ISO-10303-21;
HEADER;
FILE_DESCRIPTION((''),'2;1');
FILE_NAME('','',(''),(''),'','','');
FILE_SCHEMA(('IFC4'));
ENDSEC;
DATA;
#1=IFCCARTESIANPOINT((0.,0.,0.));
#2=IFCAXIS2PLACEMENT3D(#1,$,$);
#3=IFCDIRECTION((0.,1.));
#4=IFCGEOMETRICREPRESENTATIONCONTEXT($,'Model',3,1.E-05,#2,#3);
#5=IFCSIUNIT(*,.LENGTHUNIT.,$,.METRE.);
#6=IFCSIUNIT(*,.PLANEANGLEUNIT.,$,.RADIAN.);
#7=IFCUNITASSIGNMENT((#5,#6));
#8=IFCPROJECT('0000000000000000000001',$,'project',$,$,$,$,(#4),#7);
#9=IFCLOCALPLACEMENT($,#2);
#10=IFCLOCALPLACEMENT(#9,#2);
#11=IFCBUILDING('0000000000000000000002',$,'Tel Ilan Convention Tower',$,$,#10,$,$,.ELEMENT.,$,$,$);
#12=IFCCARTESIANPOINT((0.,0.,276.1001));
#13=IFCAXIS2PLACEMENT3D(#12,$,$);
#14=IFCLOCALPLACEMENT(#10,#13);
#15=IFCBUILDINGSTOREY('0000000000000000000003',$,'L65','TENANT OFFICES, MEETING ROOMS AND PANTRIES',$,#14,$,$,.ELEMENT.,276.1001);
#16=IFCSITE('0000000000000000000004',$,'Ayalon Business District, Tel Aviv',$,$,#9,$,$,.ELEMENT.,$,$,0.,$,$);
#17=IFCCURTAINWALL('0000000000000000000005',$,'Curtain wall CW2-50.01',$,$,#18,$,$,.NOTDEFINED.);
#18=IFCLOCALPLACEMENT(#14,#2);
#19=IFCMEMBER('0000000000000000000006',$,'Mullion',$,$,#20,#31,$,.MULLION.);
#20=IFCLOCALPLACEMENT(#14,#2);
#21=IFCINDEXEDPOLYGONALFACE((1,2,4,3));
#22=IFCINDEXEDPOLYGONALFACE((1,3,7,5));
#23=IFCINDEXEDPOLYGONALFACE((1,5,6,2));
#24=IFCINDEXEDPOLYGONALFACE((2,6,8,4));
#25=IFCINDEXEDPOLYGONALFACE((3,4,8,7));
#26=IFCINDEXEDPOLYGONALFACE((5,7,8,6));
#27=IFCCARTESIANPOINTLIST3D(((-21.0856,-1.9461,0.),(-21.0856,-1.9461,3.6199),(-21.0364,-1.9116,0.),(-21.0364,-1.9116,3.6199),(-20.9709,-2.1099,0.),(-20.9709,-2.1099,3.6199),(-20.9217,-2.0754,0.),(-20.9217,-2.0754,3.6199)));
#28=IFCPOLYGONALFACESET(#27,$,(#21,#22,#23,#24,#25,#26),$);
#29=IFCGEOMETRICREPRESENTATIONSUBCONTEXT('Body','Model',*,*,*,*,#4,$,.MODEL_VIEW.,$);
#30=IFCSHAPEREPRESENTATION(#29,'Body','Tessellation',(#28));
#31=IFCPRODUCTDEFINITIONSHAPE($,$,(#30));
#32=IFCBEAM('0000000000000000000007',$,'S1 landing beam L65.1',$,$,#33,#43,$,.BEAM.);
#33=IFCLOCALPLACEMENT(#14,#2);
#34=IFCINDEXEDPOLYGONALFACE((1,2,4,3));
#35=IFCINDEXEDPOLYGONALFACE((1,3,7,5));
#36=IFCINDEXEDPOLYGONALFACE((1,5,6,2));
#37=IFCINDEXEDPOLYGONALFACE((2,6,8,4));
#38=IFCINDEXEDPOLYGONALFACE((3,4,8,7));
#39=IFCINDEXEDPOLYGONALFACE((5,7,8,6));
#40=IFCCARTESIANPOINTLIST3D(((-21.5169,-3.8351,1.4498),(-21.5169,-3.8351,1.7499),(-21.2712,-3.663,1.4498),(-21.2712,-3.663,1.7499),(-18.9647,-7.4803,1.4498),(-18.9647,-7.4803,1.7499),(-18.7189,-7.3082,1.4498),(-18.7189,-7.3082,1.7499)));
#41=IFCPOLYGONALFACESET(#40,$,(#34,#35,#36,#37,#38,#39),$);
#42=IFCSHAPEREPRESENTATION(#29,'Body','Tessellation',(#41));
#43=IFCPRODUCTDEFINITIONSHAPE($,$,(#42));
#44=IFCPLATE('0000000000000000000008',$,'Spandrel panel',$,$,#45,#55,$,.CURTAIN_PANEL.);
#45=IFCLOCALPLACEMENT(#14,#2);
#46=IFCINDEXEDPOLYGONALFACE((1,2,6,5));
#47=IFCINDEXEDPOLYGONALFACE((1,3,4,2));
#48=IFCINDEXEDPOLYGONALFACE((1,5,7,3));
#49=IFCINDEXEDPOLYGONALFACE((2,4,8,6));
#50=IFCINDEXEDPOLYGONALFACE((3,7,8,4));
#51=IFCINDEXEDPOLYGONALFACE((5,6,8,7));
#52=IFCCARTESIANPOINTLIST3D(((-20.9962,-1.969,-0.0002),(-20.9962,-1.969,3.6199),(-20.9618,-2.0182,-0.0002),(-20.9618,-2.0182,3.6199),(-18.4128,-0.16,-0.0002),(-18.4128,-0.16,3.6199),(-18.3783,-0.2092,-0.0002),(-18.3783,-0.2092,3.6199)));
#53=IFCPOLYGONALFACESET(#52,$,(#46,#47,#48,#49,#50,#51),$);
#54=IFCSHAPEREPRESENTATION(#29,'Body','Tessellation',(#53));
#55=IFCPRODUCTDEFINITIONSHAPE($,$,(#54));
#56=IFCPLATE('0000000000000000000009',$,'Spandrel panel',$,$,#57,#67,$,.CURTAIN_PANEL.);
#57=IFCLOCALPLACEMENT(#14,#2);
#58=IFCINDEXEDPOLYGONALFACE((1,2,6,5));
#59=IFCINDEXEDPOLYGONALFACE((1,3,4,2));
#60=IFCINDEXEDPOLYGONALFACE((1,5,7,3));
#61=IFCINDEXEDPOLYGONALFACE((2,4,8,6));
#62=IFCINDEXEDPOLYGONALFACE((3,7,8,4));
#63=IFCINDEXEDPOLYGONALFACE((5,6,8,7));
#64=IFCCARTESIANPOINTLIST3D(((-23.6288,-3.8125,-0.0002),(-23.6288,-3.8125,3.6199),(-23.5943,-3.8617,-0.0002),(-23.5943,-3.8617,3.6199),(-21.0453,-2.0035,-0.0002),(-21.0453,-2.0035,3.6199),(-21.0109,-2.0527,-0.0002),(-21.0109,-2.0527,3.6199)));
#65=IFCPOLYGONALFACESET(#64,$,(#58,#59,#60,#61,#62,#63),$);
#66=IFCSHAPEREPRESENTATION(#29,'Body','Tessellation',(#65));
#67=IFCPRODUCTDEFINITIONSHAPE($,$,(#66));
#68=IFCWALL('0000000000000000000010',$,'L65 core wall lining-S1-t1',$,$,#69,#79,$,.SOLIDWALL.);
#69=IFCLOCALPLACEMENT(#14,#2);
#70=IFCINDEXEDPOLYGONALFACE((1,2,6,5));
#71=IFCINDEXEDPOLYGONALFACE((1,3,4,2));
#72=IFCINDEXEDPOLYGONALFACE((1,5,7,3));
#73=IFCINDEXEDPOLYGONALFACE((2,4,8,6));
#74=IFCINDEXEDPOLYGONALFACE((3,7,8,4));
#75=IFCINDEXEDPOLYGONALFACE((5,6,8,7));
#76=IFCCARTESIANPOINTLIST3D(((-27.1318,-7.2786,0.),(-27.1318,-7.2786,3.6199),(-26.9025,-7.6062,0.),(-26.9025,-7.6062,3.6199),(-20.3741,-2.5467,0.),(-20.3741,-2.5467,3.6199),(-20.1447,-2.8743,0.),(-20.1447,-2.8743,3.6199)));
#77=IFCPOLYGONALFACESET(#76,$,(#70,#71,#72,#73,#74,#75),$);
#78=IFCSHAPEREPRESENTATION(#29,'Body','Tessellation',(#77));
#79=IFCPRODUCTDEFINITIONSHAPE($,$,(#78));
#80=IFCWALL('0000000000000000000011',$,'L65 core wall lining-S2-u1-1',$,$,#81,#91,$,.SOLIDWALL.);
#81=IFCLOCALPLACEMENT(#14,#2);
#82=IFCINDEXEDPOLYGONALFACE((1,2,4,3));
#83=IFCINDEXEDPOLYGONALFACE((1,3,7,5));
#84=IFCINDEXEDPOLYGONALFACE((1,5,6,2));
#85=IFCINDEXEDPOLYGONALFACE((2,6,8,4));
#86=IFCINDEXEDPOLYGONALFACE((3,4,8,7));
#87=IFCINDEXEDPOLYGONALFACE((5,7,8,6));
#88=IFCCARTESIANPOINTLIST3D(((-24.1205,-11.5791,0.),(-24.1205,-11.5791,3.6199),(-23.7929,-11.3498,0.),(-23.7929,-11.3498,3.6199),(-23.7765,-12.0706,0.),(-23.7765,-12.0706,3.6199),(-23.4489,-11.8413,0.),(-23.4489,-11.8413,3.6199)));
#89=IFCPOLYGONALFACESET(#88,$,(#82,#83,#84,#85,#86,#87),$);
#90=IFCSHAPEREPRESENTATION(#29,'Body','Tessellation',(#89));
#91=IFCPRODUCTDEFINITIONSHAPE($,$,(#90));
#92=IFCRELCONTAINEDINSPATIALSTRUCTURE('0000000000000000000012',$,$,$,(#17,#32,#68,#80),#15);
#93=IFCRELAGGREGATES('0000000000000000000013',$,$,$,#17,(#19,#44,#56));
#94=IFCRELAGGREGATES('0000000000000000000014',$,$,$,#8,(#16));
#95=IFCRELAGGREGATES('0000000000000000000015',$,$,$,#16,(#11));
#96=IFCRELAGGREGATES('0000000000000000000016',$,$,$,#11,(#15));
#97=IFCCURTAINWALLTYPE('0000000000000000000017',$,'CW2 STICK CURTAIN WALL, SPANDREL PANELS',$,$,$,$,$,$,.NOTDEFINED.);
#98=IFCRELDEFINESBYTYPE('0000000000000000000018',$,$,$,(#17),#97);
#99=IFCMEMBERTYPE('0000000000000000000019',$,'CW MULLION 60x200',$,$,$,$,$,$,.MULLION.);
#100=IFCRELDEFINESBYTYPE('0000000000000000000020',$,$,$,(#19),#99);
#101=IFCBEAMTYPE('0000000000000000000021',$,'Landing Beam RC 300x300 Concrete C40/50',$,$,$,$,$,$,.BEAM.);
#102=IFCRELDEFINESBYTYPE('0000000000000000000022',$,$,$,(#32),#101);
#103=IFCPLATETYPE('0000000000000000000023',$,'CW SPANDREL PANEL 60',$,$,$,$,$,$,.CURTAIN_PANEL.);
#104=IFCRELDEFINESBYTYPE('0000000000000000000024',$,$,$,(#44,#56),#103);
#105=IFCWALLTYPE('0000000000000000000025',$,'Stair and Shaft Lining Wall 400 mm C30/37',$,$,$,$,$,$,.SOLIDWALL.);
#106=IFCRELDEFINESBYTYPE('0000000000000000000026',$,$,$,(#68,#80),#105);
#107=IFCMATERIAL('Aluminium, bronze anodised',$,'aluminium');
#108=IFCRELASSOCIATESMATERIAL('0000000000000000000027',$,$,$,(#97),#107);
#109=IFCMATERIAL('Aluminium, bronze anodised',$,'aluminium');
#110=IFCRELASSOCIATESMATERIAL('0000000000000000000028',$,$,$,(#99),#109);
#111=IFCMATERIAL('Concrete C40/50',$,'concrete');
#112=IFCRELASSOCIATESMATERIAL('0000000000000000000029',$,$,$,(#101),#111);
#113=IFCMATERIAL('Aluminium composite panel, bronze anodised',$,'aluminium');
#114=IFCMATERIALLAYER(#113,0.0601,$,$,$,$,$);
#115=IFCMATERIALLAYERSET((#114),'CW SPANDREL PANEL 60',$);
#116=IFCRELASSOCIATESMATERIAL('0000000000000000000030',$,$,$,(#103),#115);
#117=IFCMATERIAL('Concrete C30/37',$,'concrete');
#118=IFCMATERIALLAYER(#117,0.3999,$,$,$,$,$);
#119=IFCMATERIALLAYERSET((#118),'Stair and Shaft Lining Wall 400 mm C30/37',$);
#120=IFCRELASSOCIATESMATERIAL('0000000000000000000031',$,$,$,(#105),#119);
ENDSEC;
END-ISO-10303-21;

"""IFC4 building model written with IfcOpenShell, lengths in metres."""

from ifc_helpers import new_model, si_unit, direction, frame, frame_2d, origin, origin_2d, place, context, subcontext, project, spatial, rectangle, extrude, material, layer, layer_set, material_profile, profile_set, type_object, element, aggregate, save


model = new_model("IFC4")

# Units and contexts
model_context = context("Model", 3, precision=1e-05, world=origin(), true_north=direction((0.0, 1.0)))
body_context = subcontext(model_context, "Body", "Model", "MODEL_VIEW")
ifc_project = project(units=[si_unit("LENGTHUNIT", "METRE"), si_unit("PLANEANGLEUNIT", "RADIAN")], contexts=[model_context])

# Site, building, storey
site_placement = place(None, origin())
site = spatial("IfcSite", under=ifc_project, at=site_placement, Name="Ayalon Business District, Tel Aviv", CompositionType="ELEMENT", RefElevation=0.0)
building_placement = place(site_placement, origin())
building = spatial("IfcBuilding", under=site, at=building_placement, Name="Tel Ilan Convention Tower", CompositionType="ELEMENT")
storey_placement = place(building_placement, frame((0.0, 0.0, 276.1001)))
storey = spatial("IfcBuildingStorey", under=building, at=storey_placement, Name="L65", Description="TENANT OFFICES, MEETING ROOMS AND PANTRIES", CompositionType="ELEMENT", Elevation=276.1001)

# Curtain wall, member
ifc_material_1 = material(Name="Aluminium, bronze anodised", Category="aluminium")
curtain_wall_type = type_object("IfcCurtainWallType", Name="CW2 STICK CURTAIN WALL, SPANDREL PANELS", PredefinedType="NOTDEFINED", material=ifc_material_1)
curtain_wall_placement = place(storey_placement, origin())
curtain_wall = element("IfcCurtainWall", 1, at=curtain_wall_placement, inside=storey, type_object=curtain_wall_type, Name="Curtain wall CW2-50.01", PredefinedType="NOTDEFINED")
ifc_material_2 = material(Name="Aluminium, bronze anodised", Category="aluminium")
ifc_material_profile_1 = material_profile(ifc_material_2, rectangle(XDim=0.0601, YDim=0.2, at=origin_2d()), Name="CW MULLION 60x200")
ifc_profile_set_1 = profile_set([ifc_material_profile_1], Name="Aluminium, bronze anodised")
member_type = type_object("IfcMemberType", Name="CW MULLION 60x200", PredefinedType="MULLION", material=ifc_profile_set_1)
member_placement = place(storey_placement, frame((-21.0037, -2.0107, 0.0), z_axis=(0.0, 0.0, 1.0), x_axis=(-0.819152, -0.573576, 0.0)))
member = element("IfcMember", 2, at=member_placement, type_object=member_type, Name="Mullion", PredefinedType="MULLION", context=body_context, shape_type="SweptSolid", body=[
    extrude(rectangle(XDim=0.0601, YDim=0.2, at=origin_2d()), origin(), (0.0, 0.0, 1.0), 3.6199),
])

# Beam
ifc_material_3 = material(Name="Concrete C40/50", Category="concrete")
ifc_material_profile_2 = material_profile(ifc_material_3, rectangle(XDim=0.3, YDim=0.3, at=origin_2d()), Name="RC 300x300")
ifc_profile_set_2 = profile_set([ifc_material_profile_2], Name="Concrete C40/50")
beam_type = type_object("IfcBeamType", Name="Landing Beam RC 300x300 Concrete C40/50", PredefinedType="BEAM", material=ifc_profile_set_2)
beam_placement = place(storey_placement, frame((-18.8418, -7.3943, 1.5999), z_axis=(-0.573547, 0.819173, 0.0), x_axis=(-0.819173, -0.573547, 0.0)))
element("IfcBeam", 3, at=beam_placement, inside=storey, type_object=beam_type, Name="S1 landing beam L65.1", PredefinedType="BEAM", context=body_context, shape_type="SweptSolid", body=[
    extrude(rectangle(XDim=0.3, YDim=0.3, at=origin_2d()), origin(), (0.0, 0.0, 1.0), 4.45),
])

# Plates
ifc_material_4 = material(Name="Aluminium composite panel, bronze anodised", Category="aluminium")
ifc_layer_1 = layer(ifc_material_4, 0.0601)
ifc_layer_set_1 = layer_set([ifc_layer_1], Name="CW SPANDREL PANEL 60")
plate_type = type_object("IfcPlateType", Name="CW SPANDREL PANEL 60", PredefinedType="CURTAIN_PANEL", material=ifc_layer_set_1)
plate_1_placement = place(storey_placement, frame((-19.6873, -1.0891, -0.0002), z_axis=(0.0, 0.0, 1.0), x_axis=(-0.819152, -0.573576, 0.0)))
plate_1 = element("IfcPlate", 4, at=plate_1_placement, type_object=plate_type, Name="Spandrel panel", PredefinedType="CURTAIN_PANEL", context=body_context, shape_type="SweptSolid", body=[
    extrude(rectangle(XDim=3.1538, YDim=0.0601, at=origin_2d()), origin(), (0.0, 0.0, 1.0), 3.6201),
])
plate_2_placement = place(storey_placement, frame((-22.3198, -2.9326, -0.0002), z_axis=(0.0, 0.0, 1.0), x_axis=(-0.819152, -0.573576, 0.0)))
plate_2 = element("IfcPlate", 5, at=plate_2_placement, type_object=plate_type, Name="Spandrel panel", PredefinedType="CURTAIN_PANEL", context=body_context, shape_type="SweptSolid", body=[
    extrude(rectangle(XDim=3.1538, YDim=0.0601, at=origin_2d()), origin(), (0.0, 0.0, 1.0), 3.6201),
])
aggregate(curtain_wall, [member, plate_1, plate_2])

# Walls
ifc_material_5 = material(Name="Concrete C30/37", Category="concrete")
ifc_layer_2 = layer(ifc_material_5, 0.3999)
ifc_layer_set_2 = layer_set([ifc_layer_2], Name="Stair and Shaft Lining Wall 400 mm C30/37")
wall_type = type_object("IfcWallType", Name="Stair and Shaft Lining Wall 400 mm C30/37", PredefinedType="SOLIDWALL", material=ifc_layer_set_2)
wall_1_placement = place(storey_placement, frame((-20.2593, -2.7104, 0.0), z_axis=(0.0, 0.0, 1.0), x_axis=(-0.819148, -0.573582, 0.0)))
element("IfcWall", 6, at=wall_1_placement, inside=storey, type_object=wall_type, Name="L65 core wall lining-S1-t1", PredefinedType="SOLIDWALL", context=body_context, shape_type="SweptSolid", body=[
    extrude(rectangle(XDim=8.2498, YDim=0.3999, at=frame_2d((4.125, 0.0))), origin(), (0.0, 0.0, 1.0), 3.6199),
])
wall_2_placement = place(storey_placement, frame((-23.6128, -11.9558, 0.0), z_axis=(0.0, 0.0, 1.0), x_axis=(-0.573435, 0.819251, 0.0)))
element("IfcWall", 7, at=wall_2_placement, inside=storey, type_object=wall_type, Name="L65 core wall lining-S2-u1-1", PredefinedType="SOLIDWALL", context=body_context, shape_type="SweptSolid", body=[
    extrude(rectangle(XDim=0.5999, YDim=0.3999, at=frame_2d((0.2998, 0.0))), origin(), (0.0, 0.0, 1.0), 3.6199),
])

save(model, "model.ifc")
